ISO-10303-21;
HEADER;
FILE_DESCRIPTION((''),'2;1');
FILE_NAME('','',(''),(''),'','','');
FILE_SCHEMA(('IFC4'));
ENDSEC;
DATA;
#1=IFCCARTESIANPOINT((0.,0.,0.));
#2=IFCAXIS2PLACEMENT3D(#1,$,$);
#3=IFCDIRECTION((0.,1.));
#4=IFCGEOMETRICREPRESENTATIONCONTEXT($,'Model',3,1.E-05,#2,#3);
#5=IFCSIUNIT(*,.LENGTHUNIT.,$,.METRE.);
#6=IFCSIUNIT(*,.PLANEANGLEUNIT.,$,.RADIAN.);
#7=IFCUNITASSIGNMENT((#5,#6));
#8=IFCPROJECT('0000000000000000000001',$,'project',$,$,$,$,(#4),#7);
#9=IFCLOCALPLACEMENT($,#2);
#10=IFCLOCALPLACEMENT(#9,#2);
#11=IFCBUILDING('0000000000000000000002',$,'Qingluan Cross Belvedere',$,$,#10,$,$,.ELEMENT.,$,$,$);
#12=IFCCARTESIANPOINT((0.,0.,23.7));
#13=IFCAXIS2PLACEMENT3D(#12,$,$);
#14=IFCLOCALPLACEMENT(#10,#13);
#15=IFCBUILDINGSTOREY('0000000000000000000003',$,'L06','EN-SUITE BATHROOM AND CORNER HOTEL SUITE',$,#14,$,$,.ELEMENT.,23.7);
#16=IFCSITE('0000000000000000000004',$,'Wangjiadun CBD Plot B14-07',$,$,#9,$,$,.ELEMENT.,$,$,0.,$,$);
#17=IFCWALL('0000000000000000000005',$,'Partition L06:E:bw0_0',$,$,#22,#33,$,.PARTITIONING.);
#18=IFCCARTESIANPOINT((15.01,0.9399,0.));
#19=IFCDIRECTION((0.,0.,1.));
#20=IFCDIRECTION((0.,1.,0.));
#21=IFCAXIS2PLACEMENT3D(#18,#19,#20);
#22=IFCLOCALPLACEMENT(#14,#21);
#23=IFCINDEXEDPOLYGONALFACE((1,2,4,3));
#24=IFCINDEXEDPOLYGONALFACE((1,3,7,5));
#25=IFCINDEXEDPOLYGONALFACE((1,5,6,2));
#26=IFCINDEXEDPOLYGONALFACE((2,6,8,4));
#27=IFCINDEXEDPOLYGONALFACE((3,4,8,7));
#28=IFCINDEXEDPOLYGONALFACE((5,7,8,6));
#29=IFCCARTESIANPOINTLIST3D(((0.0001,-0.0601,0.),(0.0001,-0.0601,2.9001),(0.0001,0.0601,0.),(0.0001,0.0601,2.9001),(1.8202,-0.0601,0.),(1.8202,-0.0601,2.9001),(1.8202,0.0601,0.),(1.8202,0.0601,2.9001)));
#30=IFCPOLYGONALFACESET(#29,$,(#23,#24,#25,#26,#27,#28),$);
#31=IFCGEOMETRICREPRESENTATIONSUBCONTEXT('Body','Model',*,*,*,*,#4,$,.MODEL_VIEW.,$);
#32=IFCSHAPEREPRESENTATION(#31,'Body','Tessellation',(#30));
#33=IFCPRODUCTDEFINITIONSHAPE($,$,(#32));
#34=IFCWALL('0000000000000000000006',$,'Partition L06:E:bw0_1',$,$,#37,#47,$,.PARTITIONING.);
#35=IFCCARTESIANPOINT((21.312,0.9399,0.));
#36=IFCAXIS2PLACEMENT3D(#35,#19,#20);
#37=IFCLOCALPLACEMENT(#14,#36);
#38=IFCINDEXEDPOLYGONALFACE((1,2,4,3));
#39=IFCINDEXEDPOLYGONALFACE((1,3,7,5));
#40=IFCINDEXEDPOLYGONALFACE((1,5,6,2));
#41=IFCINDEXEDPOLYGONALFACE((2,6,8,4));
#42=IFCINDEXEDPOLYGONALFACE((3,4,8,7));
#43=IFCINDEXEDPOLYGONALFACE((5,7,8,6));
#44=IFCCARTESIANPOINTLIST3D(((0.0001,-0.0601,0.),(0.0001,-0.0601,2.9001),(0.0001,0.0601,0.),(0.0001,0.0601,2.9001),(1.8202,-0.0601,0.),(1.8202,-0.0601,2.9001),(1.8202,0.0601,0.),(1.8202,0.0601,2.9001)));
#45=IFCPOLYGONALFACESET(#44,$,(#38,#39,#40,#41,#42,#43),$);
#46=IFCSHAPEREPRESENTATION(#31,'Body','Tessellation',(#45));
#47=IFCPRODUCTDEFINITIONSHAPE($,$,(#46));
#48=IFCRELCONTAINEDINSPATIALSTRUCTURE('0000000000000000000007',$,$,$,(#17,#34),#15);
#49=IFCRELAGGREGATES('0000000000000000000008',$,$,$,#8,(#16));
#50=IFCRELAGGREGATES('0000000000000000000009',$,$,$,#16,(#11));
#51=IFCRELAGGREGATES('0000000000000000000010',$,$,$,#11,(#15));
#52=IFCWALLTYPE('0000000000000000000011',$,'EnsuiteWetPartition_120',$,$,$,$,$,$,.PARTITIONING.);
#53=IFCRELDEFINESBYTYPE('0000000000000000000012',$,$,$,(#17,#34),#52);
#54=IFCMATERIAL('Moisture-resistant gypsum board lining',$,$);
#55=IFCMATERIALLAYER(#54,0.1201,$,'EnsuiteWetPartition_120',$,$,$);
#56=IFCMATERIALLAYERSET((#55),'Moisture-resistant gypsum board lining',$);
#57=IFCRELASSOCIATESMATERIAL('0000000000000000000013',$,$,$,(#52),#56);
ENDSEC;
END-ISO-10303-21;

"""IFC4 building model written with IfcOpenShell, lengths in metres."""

from ifc_helpers import new_model, si_unit, direction, frame, frame_2d, origin, place, context, subcontext, project, spatial, rectangle, extrude, material, layer, layer_set, type_object, element, save


model = new_model("IFC4")

# Units and contexts
model_context = context("Model", 3, precision=1e-05, world=origin(), true_north=direction((0.0, 1.0)))
body_context = subcontext(model_context, "Body", "Model", "MODEL_VIEW")
ifc_project = project(units=[si_unit("LENGTHUNIT", "METRE"), si_unit("PLANEANGLEUNIT", "RADIAN")], contexts=[model_context])

# Site, building, storey
site_placement = place(None, origin())
site = spatial("IfcSite", under=ifc_project, at=site_placement, Name="Wangjiadun CBD Plot B14-07", CompositionType="ELEMENT", RefElevation=0.0)
building_placement = place(site_placement, origin())
building = spatial("IfcBuilding", under=site, at=building_placement, Name="Qingluan Cross Belvedere", CompositionType="ELEMENT")
storey_placement = place(building_placement, frame((0.0, 0.0, 23.7)))
storey = spatial("IfcBuildingStorey", under=building, at=storey_placement, Name="L06", Description="EN-SUITE BATHROOM AND CORNER HOTEL SUITE", CompositionType="ELEMENT", Elevation=23.7)

# Shared definitions
ifc_material_1 = material(Name="Moisture-resistant gypsum board lining")
ifc_layer_1 = layer(ifc_material_1, 0.1201, Name="EnsuiteWetPartition_120")
ifc_layer_set_1 = layer_set([ifc_layer_1], Name="Moisture-resistant gypsum board lining")
wall_type_1 = type_object("IfcWallType", Name="EnsuiteWetPartition_120", PredefinedType="PARTITIONING", material=ifc_layer_set_1)

# Wall
wall_1_placement = place(storey_placement, frame((15.01, 0.9399, 0.0), z_axis=(0.0, 0.0, 1.0), x_axis=(0.0, 1.0, 0.0)))
element("IfcWall", 1, at=wall_1_placement, inside=storey, type_object=wall_type_1, Name="Partition L06:E:bw0_0", PredefinedType="PARTITIONING", context=body_context, shape_type="SweptSolid", body=[
    extrude(rectangle(XDim=1.8201, YDim=0.1201, at=frame_2d((0.9102, 0.0))), origin(), (0.0, 0.0, 1.0), 2.9001),
])

# Wall
wall_2_placement = place(storey_placement, frame((21.312, 0.9399, 0.0), z_axis=(0.0, 0.0, 1.0), x_axis=(0.0, 1.0, 0.0)))
element("IfcWall", 2, at=wall_2_placement, inside=storey, type_object=wall_type_1, Name="Partition L06:E:bw0_1", PredefinedType="PARTITIONING", context=body_context, shape_type="SweptSolid", body=[
    extrude(rectangle(XDim=1.8201, YDim=0.1201, at=frame_2d((0.9102, 0.0))), origin(), (0.0, 0.0, 1.0), 2.9001),
])

save(model, "model.ifc")
